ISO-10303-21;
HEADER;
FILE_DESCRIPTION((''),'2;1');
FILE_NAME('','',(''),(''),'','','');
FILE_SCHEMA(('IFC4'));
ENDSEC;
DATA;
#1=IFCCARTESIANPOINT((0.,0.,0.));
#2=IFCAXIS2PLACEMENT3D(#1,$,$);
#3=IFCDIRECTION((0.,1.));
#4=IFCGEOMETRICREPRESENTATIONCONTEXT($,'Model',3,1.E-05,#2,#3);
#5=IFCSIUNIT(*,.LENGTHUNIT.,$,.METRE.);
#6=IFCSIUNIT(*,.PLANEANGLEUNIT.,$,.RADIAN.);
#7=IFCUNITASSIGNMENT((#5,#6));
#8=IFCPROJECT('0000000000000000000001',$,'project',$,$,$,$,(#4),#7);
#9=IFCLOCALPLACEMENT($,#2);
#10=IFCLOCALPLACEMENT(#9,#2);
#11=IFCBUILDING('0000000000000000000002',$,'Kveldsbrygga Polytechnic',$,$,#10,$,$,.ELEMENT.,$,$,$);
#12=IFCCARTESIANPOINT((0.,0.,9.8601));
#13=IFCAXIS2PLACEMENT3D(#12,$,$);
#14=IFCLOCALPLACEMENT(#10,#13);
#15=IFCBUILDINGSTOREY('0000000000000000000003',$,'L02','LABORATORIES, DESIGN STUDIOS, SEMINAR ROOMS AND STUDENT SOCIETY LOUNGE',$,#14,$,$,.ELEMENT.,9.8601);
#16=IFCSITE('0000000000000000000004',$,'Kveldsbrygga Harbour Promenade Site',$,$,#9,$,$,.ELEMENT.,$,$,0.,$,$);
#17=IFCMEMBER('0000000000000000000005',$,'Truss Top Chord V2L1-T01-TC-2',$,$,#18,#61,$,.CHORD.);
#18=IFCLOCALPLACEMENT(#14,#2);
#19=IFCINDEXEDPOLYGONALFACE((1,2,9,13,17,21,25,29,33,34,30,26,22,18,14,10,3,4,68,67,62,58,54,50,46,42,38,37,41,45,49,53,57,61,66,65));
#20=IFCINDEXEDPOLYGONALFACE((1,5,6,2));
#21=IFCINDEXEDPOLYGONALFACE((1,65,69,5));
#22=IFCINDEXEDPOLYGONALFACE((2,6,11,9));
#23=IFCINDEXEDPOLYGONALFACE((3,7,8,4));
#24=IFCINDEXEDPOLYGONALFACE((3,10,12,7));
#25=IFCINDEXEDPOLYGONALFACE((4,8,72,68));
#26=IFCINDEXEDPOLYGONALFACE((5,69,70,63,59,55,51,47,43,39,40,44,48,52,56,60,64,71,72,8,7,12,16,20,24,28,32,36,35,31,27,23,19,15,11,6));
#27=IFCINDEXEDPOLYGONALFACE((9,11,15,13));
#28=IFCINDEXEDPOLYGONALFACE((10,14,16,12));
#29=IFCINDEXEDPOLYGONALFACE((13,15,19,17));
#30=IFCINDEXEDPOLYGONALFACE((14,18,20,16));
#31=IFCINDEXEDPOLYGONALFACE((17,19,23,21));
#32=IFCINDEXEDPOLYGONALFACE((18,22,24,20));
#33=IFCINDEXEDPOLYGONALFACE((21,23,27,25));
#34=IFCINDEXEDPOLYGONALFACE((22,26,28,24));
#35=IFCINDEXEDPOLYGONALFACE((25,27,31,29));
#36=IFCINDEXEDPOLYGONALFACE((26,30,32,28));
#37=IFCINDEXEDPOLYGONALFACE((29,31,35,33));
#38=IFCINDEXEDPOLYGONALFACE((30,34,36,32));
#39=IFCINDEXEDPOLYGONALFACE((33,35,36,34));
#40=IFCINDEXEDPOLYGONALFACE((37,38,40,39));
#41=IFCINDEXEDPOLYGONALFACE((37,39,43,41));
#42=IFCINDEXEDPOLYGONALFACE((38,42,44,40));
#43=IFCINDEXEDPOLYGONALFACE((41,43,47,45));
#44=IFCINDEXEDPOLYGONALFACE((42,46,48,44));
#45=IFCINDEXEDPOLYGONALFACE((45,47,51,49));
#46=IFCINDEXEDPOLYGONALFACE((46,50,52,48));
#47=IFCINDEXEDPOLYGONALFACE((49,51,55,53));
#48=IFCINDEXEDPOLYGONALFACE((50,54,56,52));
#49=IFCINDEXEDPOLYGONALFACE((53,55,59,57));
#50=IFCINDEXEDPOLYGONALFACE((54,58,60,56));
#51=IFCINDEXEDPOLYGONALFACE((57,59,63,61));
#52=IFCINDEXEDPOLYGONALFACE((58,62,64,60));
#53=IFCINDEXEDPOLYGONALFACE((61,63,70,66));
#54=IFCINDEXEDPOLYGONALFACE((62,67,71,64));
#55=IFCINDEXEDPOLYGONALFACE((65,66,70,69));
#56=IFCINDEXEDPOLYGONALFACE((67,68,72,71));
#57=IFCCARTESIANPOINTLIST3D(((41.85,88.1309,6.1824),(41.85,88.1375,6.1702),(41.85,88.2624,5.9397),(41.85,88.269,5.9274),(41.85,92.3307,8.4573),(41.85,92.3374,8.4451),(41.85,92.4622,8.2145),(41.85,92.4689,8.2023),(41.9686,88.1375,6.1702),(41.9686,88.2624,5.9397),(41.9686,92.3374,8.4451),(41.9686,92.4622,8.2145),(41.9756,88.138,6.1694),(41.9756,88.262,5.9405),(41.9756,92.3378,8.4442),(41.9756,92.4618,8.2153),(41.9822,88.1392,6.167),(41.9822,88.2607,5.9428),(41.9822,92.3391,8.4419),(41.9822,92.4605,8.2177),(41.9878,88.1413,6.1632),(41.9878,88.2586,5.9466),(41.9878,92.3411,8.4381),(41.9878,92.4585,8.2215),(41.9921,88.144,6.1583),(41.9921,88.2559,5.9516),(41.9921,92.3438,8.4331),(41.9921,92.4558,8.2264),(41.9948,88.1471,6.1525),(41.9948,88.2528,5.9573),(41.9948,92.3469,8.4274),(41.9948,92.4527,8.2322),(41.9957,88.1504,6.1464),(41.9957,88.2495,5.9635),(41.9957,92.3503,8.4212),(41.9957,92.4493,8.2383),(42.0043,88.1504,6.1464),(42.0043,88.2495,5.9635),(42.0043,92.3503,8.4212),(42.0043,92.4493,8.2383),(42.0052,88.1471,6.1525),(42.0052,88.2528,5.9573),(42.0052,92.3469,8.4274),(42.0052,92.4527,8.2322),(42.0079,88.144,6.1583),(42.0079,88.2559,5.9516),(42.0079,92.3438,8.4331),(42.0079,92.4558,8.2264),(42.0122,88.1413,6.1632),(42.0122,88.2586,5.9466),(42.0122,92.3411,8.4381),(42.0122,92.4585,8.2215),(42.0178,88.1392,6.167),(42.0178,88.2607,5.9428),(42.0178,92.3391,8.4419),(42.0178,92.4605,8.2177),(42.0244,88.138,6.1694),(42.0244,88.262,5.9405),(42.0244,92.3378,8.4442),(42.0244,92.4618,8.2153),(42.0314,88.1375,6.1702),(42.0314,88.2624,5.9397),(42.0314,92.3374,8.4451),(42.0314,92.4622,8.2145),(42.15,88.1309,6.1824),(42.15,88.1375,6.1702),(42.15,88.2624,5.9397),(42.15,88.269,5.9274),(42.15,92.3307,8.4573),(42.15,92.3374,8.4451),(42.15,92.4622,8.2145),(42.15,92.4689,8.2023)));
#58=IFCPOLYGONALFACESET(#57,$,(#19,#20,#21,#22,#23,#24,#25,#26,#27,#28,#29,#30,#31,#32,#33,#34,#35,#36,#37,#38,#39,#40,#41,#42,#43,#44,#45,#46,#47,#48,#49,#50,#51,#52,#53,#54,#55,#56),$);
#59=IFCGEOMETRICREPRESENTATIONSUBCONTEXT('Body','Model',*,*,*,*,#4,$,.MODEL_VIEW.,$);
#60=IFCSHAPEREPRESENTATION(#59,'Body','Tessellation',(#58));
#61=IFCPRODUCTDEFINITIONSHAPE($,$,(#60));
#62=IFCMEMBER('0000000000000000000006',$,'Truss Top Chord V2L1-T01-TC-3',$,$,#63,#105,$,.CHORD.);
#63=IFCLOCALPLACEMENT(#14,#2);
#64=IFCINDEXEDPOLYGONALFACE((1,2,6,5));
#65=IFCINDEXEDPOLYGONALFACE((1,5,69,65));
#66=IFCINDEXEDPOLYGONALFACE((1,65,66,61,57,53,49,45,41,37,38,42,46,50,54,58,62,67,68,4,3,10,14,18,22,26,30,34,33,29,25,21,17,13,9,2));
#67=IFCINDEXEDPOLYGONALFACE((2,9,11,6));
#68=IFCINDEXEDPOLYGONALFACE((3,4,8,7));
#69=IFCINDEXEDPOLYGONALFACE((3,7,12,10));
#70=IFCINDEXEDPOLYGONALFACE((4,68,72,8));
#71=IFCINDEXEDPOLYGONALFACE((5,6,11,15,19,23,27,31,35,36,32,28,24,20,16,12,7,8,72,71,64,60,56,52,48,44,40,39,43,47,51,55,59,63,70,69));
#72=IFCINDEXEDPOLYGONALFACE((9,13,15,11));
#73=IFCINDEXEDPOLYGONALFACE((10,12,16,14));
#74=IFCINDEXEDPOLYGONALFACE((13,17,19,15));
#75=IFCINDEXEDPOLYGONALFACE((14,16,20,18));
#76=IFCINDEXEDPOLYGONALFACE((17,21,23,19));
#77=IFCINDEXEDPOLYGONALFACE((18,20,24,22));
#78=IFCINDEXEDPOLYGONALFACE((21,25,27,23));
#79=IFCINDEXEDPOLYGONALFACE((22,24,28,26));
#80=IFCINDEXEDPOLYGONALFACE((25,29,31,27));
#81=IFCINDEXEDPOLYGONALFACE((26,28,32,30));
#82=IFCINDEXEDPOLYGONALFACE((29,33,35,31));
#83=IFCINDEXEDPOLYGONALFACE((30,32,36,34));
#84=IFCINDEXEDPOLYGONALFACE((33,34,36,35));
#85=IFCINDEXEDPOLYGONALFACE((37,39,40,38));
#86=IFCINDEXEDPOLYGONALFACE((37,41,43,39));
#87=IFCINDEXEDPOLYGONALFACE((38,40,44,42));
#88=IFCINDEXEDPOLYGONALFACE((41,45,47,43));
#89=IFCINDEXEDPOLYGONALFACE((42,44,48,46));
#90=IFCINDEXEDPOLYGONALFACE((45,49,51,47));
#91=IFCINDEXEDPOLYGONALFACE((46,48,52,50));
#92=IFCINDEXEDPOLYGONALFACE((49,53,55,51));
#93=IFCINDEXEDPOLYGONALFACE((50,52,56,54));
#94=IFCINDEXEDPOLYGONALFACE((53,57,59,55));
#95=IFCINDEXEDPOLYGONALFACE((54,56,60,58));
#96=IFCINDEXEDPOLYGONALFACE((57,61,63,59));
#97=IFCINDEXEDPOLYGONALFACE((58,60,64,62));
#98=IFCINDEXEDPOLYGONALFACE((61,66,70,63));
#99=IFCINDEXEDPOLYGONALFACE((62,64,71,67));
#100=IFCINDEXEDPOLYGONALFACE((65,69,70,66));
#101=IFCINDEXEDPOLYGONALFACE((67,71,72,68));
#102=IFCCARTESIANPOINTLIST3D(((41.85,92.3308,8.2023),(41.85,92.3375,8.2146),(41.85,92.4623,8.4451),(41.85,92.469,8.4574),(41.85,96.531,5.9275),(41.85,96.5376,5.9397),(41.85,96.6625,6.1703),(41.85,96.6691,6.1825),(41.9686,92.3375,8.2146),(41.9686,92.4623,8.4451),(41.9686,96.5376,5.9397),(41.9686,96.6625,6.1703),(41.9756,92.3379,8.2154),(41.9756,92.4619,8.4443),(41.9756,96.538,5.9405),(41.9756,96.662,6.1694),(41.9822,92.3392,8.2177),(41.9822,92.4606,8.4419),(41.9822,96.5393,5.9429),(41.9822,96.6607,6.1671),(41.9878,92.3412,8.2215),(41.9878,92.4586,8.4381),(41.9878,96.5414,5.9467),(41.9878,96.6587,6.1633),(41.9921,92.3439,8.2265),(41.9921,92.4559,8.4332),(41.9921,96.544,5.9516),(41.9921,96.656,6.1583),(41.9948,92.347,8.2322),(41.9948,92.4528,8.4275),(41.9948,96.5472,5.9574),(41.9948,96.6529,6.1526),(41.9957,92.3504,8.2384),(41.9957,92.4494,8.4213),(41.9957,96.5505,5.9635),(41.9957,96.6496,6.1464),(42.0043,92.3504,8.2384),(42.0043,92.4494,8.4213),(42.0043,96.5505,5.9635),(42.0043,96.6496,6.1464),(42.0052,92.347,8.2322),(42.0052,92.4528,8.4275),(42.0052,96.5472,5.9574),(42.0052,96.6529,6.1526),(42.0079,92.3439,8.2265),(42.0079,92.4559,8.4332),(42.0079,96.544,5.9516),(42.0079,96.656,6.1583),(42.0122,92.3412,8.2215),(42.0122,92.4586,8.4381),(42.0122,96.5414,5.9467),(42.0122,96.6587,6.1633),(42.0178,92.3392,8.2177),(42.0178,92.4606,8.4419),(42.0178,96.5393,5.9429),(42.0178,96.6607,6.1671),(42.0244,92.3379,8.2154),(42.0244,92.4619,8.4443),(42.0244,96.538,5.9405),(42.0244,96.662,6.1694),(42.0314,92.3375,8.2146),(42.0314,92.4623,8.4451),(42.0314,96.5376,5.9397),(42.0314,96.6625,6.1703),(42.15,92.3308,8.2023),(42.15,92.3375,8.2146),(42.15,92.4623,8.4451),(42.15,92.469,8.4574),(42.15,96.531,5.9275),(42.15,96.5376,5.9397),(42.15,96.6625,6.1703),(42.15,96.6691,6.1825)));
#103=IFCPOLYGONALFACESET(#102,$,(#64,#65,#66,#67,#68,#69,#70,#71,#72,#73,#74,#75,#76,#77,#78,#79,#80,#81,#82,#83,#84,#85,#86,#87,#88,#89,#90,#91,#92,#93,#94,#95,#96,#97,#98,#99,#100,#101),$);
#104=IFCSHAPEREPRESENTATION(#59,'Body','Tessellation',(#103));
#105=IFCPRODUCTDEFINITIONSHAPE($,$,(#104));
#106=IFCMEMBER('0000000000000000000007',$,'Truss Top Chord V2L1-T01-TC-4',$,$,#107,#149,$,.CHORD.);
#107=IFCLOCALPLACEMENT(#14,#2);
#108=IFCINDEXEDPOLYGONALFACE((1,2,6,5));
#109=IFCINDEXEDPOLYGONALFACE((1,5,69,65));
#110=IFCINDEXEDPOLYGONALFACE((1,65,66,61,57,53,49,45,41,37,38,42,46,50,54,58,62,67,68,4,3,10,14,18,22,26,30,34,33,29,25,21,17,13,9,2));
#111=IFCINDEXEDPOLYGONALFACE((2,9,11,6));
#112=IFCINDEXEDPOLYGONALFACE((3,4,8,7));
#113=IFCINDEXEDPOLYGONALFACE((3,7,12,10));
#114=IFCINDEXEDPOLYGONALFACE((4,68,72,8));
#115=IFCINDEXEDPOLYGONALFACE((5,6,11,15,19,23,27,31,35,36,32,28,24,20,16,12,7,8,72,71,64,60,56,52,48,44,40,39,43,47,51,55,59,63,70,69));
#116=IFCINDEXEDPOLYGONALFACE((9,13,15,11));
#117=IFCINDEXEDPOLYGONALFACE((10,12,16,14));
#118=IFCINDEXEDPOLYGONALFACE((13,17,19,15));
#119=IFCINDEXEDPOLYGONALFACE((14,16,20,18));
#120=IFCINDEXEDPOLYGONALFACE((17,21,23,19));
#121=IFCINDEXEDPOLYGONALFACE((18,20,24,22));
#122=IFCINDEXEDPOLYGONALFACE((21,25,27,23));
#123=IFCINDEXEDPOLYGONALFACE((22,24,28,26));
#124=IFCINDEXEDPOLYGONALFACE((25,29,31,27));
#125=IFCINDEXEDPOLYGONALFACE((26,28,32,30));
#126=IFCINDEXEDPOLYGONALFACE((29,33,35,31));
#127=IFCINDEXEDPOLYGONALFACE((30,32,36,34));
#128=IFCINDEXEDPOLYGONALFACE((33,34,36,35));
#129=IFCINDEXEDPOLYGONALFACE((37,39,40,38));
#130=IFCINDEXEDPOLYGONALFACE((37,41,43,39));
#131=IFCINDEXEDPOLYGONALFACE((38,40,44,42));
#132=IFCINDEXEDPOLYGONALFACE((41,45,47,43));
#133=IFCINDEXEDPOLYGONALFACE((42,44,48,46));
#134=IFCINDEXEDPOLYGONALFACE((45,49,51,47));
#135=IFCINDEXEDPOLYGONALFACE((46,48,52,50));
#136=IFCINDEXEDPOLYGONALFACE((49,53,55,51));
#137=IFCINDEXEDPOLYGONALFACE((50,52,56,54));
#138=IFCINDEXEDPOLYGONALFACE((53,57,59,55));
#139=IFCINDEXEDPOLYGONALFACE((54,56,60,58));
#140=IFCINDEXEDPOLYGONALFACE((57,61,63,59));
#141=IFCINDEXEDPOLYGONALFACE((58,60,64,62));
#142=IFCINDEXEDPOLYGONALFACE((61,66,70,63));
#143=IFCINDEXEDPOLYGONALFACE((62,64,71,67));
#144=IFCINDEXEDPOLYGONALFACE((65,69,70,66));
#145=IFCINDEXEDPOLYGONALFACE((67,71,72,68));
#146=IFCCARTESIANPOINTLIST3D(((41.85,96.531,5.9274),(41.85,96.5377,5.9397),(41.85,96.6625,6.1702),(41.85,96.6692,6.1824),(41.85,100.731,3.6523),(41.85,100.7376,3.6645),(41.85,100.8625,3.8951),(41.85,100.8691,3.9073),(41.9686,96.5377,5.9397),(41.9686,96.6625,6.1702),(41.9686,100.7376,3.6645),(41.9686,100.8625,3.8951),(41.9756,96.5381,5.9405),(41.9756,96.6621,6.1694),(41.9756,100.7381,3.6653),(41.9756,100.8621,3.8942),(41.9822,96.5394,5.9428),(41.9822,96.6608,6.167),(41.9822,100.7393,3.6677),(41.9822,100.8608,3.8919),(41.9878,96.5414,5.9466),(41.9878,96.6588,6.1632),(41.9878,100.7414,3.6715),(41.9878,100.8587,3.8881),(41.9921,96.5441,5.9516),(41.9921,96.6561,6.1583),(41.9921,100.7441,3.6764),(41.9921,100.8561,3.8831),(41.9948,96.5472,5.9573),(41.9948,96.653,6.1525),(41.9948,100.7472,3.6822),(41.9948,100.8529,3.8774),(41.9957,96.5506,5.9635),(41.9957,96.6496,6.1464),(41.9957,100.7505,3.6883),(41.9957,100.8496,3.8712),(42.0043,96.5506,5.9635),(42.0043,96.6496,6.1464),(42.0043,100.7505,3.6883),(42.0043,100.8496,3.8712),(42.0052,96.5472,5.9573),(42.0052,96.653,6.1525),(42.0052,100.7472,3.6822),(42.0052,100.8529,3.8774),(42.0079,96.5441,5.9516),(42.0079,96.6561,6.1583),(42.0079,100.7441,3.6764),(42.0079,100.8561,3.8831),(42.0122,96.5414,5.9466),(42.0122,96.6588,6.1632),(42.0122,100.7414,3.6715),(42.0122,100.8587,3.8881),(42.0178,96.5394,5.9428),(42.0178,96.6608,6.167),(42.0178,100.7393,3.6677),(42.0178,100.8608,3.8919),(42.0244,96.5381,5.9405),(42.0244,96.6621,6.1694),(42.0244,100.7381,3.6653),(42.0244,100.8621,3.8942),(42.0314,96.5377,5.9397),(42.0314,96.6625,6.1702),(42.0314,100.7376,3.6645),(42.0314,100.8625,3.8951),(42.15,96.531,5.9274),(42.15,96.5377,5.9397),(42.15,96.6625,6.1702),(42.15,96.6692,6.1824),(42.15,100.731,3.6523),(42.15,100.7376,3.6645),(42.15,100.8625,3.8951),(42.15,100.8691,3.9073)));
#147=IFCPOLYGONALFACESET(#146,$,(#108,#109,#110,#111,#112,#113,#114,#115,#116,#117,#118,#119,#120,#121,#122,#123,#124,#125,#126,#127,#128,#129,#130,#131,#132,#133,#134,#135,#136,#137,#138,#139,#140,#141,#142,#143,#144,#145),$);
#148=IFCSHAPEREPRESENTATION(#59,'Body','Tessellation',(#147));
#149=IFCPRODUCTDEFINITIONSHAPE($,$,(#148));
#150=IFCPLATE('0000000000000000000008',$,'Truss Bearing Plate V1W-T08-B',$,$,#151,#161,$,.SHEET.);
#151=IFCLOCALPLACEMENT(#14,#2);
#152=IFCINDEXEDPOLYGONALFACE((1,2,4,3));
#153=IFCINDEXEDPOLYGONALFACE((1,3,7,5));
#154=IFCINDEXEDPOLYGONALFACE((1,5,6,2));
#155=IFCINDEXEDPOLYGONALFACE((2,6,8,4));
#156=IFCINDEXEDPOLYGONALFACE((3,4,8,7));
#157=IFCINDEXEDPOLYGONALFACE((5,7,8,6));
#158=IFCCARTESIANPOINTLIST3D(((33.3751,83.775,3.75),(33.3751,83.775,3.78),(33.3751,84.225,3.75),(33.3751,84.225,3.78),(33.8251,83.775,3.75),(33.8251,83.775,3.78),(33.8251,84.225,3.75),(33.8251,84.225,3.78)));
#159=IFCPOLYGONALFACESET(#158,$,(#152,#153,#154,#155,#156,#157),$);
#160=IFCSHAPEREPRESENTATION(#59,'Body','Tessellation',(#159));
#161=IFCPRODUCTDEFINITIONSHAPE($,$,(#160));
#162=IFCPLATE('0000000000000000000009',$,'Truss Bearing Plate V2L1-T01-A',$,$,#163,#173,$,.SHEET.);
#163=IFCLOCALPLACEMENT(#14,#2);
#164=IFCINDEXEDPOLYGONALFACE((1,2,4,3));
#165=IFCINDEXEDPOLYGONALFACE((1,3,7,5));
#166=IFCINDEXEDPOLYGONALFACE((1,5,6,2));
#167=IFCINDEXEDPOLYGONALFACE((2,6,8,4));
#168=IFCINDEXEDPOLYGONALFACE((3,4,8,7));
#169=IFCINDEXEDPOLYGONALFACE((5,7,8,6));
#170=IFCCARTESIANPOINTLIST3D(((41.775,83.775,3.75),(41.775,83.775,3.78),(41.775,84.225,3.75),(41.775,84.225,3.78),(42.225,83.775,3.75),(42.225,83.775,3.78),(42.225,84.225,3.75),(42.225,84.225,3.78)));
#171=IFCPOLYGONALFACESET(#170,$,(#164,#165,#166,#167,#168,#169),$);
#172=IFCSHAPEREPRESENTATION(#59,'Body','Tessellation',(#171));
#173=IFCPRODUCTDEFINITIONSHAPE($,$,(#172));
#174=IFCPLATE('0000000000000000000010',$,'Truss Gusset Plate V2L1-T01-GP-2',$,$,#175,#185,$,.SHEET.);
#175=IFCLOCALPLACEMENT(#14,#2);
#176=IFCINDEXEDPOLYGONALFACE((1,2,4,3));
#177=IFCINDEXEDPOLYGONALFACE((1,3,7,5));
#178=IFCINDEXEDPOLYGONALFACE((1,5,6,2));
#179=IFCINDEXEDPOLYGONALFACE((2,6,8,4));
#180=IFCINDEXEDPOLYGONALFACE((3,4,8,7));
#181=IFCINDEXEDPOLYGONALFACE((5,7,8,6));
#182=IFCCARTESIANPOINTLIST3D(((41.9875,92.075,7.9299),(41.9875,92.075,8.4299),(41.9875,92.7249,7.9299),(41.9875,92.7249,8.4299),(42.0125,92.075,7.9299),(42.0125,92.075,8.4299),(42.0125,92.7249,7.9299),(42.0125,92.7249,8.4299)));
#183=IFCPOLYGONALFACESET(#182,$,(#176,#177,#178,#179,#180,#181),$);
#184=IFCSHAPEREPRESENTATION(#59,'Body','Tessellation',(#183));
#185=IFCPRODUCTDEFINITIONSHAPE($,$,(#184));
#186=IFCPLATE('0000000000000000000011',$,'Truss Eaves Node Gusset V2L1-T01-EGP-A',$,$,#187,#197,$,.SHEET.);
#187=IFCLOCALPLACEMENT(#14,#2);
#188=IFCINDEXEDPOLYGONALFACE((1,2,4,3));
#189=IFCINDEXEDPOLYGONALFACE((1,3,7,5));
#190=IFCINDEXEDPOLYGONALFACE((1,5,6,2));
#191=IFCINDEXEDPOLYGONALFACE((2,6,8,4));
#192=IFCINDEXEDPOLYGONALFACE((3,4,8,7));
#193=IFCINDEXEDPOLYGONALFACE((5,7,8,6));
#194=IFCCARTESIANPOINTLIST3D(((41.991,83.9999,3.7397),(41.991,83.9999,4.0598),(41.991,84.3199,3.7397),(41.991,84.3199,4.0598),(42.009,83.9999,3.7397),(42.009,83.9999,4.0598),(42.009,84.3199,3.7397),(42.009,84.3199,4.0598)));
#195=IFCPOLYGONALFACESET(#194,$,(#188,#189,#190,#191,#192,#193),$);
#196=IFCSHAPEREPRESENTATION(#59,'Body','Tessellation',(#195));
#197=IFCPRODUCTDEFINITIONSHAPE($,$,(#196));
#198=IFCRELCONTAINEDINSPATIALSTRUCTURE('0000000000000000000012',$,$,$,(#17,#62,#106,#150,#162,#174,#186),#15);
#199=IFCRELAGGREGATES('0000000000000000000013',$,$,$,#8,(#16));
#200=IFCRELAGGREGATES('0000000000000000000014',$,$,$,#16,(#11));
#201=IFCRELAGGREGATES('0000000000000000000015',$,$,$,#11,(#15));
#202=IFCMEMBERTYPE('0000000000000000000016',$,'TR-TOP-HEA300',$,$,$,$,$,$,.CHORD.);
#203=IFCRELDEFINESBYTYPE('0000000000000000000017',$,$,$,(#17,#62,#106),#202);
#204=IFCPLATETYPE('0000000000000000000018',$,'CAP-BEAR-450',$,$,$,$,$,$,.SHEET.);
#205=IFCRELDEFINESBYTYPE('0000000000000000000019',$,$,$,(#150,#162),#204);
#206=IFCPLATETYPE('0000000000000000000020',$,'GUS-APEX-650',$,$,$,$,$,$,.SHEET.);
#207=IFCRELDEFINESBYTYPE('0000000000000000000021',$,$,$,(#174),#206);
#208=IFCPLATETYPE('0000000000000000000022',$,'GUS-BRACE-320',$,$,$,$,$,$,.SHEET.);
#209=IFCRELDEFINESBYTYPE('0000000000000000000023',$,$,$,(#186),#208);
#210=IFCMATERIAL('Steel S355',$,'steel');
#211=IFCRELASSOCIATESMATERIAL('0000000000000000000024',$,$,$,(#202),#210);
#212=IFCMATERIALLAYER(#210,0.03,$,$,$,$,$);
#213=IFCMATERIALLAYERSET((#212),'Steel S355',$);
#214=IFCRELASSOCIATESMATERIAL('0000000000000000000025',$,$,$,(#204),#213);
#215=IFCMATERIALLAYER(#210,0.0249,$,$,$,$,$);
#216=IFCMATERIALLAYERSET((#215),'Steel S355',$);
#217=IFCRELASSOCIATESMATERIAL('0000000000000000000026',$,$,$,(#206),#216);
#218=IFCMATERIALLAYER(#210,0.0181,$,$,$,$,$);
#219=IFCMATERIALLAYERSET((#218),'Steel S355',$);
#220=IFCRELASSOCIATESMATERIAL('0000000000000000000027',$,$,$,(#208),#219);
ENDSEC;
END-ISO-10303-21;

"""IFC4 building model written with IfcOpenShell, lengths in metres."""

from ifc_helpers import new_model, si_unit, direction, frame, origin, origin_2d, place, context, subcontext, project, spatial, rectangle, i_section, extrude, material, layer, layer_set, material_profile, profile_set, type_object, element, save


model = new_model("IFC4")

# Units and contexts
model_context = context("Model", 3, precision=1e-05, world=origin(), true_north=direction((0.0, 1.0)))
body_context = subcontext(model_context, "Body", "Model", "MODEL_VIEW")
ifc_project = project(units=[si_unit("LENGTHUNIT", "METRE"), si_unit("PLANEANGLEUNIT", "RADIAN")], contexts=[model_context])

# Site, building, storey
site_placement = place(None, origin())
site = spatial("IfcSite", under=ifc_project, at=site_placement, Name="Kveldsbrygga Harbour Promenade Site", CompositionType="ELEMENT", RefElevation=0.0)
building_placement = place(site_placement, origin())
building = spatial("IfcBuilding", under=site, at=building_placement, Name="Kveldsbrygga Polytechnic", CompositionType="ELEMENT")
storey_placement = place(building_placement, frame((0.0, 0.0, 9.8601)))
storey = spatial("IfcBuildingStorey", under=building, at=storey_placement, Name="L02", Description="LABORATORIES, DESIGN STUDIOS, SEMINAR ROOMS AND STUDENT SOCIETY LOUNGE", CompositionType="ELEMENT", Elevation=9.8601)

# Members
ifc_material_1 = material(Name="Steel S355", Category="steel")
ifc_material_profile_1 = material_profile(ifc_material_1, i_section(OverallWidth=0.3, OverallDepth=0.29, WebThickness=0.0085, FlangeThickness=0.0139, FilletRadius=0.0271, at=origin_2d()), Name="HEA 300")
ifc_profile_set_1 = profile_set([ifc_material_profile_1], Name="Steel S355")
member_type_1 = type_object("IfcMemberType", Name="TR-TOP-HEA300", PredefinedType="CHORD", material=ifc_profile_set_1)
member_1_placement = place(storey_placement, frame((42.0, 88.2, 6.0549), z_axis=(0.0, 0.879298, 0.476272), x_axis=(-1.0, 0.0, 0.0)))
element("IfcMember", 1, at=member_1_placement, inside=storey, type_object=member_type_1, Name="Truss Top Chord V2L1-T01-TC-2", PredefinedType="CHORD", context=body_context, shape_type="SweptSolid", body=[
    extrude(i_section(OverallWidth=0.3, OverallDepth=0.29, WebThickness=0.0085, FlangeThickness=0.0139, FilletRadius=0.0271, at=origin_2d()), origin(), (0.0, 0.0, 1.0), 4.7764),
])
for number, where, z_axis, x_axis, name in (
    (2, (42.0, 92.3999, 8.3298), (0.0, 0.87931, -0.47625), (-1.0, 0.0, 0.0), "Truss Top Chord V2L1-T01-TC-3"),
    (3, (42.0, 96.6001, 6.0549), (0.0, 0.879277, -0.476311), (-1.0, 0.0, 0.0), "Truss Top Chord V2L1-T01-TC-4"),
):
    element("IfcMember", number, at=place(storey_placement, frame(where, z_axis=z_axis, x_axis=x_axis)), inside=storey, type_object=member_type_1, Name=name, PredefinedType="CHORD", context=body_context, shape_type="SweptSolid", body=[
        extrude(i_section(OverallWidth=0.3, OverallDepth=0.29, WebThickness=0.0085, FlangeThickness=0.0139, FilletRadius=0.0271, at=origin_2d()), origin(), (0.0, 0.0, 1.0), 4.7766),
    ])

# Plates
ifc_layer_1 = layer(ifc_material_1, 0.03)
ifc_layer_set_1 = layer_set([ifc_layer_1], Name="Steel S355")
plate_type_1 = type_object("IfcPlateType", Name="CAP-BEAR-450", PredefinedType="SHEET", material=ifc_layer_set_1)
for number, where, z_axis, x_axis, name in (
    (4, (33.6001, 84.0, 3.75), (0.0, 0.0, 1.0), (1.0, 0.0, 0.0), "Truss Bearing Plate V1W-T08-B"),
    (5, (42.0, 84.0, 3.75), (0.0, 0.0, 1.0), (1.0, 0.0, 0.0), "Truss Bearing Plate V2L1-T01-A"),
):
    element("IfcPlate", number, at=place(storey_placement, frame(where, z_axis=z_axis, x_axis=x_axis)), inside=storey, type_object=plate_type_1, Name=name, PredefinedType="SHEET", context=body_context, shape_type="SweptSolid", body=[
        extrude(rectangle(XDim=0.45, YDim=0.45, at=origin_2d()), origin(), (0.0, 0.0, 1.0), 0.03),
    ])
ifc_layer_2 = layer(ifc_material_1, 0.0249)
ifc_layer_set_2 = layer_set([ifc_layer_2], Name="Steel S355")
plate_type_2 = type_object("IfcPlateType", Name="GUS-APEX-650", PredefinedType="SHEET", material=ifc_layer_set_2)
plate_1_placement = place(storey_placement, frame((42.0, 92.3999, 7.9299), z_axis=(0.0, 0.0, 1.0), x_axis=(1.0, 0.0, 0.0)))
element("IfcPlate", 6, at=plate_1_placement, inside=storey, type_object=plate_type_2, Name="Truss Gusset Plate V2L1-T01-GP-2", PredefinedType="SHEET", context=body_context, shape_type="SweptSolid", body=[
    extrude(rectangle(XDim=0.0249, YDim=0.6499, at=origin_2d()), origin(), (0.0, 0.0, 1.0), 0.5),
])
ifc_layer_3 = layer(ifc_material_1, 0.0181)
ifc_layer_set_3 = layer_set([ifc_layer_3], Name="Steel S355")
plate_type_3 = type_object("IfcPlateType", Name="GUS-BRACE-320", PredefinedType="SHEET", material=ifc_layer_set_3)
plate_2_placement = place(storey_placement, frame((42.0, 84.1599, 3.7397), z_axis=(0.0, 0.0, 1.0), x_axis=(1.0, 0.0, 0.0)))
element("IfcPlate", 7, at=plate_2_placement, inside=storey, type_object=plate_type_3, Name="Truss Eaves Node Gusset V2L1-T01-EGP-A", PredefinedType="SHEET", context=body_context, shape_type="SweptSolid", body=[
    extrude(rectangle(XDim=0.0181, YDim=0.3201, at=origin_2d()), origin(), (0.0, 0.0, 1.0), 0.3201),
])

save(model, "model.ifc")
